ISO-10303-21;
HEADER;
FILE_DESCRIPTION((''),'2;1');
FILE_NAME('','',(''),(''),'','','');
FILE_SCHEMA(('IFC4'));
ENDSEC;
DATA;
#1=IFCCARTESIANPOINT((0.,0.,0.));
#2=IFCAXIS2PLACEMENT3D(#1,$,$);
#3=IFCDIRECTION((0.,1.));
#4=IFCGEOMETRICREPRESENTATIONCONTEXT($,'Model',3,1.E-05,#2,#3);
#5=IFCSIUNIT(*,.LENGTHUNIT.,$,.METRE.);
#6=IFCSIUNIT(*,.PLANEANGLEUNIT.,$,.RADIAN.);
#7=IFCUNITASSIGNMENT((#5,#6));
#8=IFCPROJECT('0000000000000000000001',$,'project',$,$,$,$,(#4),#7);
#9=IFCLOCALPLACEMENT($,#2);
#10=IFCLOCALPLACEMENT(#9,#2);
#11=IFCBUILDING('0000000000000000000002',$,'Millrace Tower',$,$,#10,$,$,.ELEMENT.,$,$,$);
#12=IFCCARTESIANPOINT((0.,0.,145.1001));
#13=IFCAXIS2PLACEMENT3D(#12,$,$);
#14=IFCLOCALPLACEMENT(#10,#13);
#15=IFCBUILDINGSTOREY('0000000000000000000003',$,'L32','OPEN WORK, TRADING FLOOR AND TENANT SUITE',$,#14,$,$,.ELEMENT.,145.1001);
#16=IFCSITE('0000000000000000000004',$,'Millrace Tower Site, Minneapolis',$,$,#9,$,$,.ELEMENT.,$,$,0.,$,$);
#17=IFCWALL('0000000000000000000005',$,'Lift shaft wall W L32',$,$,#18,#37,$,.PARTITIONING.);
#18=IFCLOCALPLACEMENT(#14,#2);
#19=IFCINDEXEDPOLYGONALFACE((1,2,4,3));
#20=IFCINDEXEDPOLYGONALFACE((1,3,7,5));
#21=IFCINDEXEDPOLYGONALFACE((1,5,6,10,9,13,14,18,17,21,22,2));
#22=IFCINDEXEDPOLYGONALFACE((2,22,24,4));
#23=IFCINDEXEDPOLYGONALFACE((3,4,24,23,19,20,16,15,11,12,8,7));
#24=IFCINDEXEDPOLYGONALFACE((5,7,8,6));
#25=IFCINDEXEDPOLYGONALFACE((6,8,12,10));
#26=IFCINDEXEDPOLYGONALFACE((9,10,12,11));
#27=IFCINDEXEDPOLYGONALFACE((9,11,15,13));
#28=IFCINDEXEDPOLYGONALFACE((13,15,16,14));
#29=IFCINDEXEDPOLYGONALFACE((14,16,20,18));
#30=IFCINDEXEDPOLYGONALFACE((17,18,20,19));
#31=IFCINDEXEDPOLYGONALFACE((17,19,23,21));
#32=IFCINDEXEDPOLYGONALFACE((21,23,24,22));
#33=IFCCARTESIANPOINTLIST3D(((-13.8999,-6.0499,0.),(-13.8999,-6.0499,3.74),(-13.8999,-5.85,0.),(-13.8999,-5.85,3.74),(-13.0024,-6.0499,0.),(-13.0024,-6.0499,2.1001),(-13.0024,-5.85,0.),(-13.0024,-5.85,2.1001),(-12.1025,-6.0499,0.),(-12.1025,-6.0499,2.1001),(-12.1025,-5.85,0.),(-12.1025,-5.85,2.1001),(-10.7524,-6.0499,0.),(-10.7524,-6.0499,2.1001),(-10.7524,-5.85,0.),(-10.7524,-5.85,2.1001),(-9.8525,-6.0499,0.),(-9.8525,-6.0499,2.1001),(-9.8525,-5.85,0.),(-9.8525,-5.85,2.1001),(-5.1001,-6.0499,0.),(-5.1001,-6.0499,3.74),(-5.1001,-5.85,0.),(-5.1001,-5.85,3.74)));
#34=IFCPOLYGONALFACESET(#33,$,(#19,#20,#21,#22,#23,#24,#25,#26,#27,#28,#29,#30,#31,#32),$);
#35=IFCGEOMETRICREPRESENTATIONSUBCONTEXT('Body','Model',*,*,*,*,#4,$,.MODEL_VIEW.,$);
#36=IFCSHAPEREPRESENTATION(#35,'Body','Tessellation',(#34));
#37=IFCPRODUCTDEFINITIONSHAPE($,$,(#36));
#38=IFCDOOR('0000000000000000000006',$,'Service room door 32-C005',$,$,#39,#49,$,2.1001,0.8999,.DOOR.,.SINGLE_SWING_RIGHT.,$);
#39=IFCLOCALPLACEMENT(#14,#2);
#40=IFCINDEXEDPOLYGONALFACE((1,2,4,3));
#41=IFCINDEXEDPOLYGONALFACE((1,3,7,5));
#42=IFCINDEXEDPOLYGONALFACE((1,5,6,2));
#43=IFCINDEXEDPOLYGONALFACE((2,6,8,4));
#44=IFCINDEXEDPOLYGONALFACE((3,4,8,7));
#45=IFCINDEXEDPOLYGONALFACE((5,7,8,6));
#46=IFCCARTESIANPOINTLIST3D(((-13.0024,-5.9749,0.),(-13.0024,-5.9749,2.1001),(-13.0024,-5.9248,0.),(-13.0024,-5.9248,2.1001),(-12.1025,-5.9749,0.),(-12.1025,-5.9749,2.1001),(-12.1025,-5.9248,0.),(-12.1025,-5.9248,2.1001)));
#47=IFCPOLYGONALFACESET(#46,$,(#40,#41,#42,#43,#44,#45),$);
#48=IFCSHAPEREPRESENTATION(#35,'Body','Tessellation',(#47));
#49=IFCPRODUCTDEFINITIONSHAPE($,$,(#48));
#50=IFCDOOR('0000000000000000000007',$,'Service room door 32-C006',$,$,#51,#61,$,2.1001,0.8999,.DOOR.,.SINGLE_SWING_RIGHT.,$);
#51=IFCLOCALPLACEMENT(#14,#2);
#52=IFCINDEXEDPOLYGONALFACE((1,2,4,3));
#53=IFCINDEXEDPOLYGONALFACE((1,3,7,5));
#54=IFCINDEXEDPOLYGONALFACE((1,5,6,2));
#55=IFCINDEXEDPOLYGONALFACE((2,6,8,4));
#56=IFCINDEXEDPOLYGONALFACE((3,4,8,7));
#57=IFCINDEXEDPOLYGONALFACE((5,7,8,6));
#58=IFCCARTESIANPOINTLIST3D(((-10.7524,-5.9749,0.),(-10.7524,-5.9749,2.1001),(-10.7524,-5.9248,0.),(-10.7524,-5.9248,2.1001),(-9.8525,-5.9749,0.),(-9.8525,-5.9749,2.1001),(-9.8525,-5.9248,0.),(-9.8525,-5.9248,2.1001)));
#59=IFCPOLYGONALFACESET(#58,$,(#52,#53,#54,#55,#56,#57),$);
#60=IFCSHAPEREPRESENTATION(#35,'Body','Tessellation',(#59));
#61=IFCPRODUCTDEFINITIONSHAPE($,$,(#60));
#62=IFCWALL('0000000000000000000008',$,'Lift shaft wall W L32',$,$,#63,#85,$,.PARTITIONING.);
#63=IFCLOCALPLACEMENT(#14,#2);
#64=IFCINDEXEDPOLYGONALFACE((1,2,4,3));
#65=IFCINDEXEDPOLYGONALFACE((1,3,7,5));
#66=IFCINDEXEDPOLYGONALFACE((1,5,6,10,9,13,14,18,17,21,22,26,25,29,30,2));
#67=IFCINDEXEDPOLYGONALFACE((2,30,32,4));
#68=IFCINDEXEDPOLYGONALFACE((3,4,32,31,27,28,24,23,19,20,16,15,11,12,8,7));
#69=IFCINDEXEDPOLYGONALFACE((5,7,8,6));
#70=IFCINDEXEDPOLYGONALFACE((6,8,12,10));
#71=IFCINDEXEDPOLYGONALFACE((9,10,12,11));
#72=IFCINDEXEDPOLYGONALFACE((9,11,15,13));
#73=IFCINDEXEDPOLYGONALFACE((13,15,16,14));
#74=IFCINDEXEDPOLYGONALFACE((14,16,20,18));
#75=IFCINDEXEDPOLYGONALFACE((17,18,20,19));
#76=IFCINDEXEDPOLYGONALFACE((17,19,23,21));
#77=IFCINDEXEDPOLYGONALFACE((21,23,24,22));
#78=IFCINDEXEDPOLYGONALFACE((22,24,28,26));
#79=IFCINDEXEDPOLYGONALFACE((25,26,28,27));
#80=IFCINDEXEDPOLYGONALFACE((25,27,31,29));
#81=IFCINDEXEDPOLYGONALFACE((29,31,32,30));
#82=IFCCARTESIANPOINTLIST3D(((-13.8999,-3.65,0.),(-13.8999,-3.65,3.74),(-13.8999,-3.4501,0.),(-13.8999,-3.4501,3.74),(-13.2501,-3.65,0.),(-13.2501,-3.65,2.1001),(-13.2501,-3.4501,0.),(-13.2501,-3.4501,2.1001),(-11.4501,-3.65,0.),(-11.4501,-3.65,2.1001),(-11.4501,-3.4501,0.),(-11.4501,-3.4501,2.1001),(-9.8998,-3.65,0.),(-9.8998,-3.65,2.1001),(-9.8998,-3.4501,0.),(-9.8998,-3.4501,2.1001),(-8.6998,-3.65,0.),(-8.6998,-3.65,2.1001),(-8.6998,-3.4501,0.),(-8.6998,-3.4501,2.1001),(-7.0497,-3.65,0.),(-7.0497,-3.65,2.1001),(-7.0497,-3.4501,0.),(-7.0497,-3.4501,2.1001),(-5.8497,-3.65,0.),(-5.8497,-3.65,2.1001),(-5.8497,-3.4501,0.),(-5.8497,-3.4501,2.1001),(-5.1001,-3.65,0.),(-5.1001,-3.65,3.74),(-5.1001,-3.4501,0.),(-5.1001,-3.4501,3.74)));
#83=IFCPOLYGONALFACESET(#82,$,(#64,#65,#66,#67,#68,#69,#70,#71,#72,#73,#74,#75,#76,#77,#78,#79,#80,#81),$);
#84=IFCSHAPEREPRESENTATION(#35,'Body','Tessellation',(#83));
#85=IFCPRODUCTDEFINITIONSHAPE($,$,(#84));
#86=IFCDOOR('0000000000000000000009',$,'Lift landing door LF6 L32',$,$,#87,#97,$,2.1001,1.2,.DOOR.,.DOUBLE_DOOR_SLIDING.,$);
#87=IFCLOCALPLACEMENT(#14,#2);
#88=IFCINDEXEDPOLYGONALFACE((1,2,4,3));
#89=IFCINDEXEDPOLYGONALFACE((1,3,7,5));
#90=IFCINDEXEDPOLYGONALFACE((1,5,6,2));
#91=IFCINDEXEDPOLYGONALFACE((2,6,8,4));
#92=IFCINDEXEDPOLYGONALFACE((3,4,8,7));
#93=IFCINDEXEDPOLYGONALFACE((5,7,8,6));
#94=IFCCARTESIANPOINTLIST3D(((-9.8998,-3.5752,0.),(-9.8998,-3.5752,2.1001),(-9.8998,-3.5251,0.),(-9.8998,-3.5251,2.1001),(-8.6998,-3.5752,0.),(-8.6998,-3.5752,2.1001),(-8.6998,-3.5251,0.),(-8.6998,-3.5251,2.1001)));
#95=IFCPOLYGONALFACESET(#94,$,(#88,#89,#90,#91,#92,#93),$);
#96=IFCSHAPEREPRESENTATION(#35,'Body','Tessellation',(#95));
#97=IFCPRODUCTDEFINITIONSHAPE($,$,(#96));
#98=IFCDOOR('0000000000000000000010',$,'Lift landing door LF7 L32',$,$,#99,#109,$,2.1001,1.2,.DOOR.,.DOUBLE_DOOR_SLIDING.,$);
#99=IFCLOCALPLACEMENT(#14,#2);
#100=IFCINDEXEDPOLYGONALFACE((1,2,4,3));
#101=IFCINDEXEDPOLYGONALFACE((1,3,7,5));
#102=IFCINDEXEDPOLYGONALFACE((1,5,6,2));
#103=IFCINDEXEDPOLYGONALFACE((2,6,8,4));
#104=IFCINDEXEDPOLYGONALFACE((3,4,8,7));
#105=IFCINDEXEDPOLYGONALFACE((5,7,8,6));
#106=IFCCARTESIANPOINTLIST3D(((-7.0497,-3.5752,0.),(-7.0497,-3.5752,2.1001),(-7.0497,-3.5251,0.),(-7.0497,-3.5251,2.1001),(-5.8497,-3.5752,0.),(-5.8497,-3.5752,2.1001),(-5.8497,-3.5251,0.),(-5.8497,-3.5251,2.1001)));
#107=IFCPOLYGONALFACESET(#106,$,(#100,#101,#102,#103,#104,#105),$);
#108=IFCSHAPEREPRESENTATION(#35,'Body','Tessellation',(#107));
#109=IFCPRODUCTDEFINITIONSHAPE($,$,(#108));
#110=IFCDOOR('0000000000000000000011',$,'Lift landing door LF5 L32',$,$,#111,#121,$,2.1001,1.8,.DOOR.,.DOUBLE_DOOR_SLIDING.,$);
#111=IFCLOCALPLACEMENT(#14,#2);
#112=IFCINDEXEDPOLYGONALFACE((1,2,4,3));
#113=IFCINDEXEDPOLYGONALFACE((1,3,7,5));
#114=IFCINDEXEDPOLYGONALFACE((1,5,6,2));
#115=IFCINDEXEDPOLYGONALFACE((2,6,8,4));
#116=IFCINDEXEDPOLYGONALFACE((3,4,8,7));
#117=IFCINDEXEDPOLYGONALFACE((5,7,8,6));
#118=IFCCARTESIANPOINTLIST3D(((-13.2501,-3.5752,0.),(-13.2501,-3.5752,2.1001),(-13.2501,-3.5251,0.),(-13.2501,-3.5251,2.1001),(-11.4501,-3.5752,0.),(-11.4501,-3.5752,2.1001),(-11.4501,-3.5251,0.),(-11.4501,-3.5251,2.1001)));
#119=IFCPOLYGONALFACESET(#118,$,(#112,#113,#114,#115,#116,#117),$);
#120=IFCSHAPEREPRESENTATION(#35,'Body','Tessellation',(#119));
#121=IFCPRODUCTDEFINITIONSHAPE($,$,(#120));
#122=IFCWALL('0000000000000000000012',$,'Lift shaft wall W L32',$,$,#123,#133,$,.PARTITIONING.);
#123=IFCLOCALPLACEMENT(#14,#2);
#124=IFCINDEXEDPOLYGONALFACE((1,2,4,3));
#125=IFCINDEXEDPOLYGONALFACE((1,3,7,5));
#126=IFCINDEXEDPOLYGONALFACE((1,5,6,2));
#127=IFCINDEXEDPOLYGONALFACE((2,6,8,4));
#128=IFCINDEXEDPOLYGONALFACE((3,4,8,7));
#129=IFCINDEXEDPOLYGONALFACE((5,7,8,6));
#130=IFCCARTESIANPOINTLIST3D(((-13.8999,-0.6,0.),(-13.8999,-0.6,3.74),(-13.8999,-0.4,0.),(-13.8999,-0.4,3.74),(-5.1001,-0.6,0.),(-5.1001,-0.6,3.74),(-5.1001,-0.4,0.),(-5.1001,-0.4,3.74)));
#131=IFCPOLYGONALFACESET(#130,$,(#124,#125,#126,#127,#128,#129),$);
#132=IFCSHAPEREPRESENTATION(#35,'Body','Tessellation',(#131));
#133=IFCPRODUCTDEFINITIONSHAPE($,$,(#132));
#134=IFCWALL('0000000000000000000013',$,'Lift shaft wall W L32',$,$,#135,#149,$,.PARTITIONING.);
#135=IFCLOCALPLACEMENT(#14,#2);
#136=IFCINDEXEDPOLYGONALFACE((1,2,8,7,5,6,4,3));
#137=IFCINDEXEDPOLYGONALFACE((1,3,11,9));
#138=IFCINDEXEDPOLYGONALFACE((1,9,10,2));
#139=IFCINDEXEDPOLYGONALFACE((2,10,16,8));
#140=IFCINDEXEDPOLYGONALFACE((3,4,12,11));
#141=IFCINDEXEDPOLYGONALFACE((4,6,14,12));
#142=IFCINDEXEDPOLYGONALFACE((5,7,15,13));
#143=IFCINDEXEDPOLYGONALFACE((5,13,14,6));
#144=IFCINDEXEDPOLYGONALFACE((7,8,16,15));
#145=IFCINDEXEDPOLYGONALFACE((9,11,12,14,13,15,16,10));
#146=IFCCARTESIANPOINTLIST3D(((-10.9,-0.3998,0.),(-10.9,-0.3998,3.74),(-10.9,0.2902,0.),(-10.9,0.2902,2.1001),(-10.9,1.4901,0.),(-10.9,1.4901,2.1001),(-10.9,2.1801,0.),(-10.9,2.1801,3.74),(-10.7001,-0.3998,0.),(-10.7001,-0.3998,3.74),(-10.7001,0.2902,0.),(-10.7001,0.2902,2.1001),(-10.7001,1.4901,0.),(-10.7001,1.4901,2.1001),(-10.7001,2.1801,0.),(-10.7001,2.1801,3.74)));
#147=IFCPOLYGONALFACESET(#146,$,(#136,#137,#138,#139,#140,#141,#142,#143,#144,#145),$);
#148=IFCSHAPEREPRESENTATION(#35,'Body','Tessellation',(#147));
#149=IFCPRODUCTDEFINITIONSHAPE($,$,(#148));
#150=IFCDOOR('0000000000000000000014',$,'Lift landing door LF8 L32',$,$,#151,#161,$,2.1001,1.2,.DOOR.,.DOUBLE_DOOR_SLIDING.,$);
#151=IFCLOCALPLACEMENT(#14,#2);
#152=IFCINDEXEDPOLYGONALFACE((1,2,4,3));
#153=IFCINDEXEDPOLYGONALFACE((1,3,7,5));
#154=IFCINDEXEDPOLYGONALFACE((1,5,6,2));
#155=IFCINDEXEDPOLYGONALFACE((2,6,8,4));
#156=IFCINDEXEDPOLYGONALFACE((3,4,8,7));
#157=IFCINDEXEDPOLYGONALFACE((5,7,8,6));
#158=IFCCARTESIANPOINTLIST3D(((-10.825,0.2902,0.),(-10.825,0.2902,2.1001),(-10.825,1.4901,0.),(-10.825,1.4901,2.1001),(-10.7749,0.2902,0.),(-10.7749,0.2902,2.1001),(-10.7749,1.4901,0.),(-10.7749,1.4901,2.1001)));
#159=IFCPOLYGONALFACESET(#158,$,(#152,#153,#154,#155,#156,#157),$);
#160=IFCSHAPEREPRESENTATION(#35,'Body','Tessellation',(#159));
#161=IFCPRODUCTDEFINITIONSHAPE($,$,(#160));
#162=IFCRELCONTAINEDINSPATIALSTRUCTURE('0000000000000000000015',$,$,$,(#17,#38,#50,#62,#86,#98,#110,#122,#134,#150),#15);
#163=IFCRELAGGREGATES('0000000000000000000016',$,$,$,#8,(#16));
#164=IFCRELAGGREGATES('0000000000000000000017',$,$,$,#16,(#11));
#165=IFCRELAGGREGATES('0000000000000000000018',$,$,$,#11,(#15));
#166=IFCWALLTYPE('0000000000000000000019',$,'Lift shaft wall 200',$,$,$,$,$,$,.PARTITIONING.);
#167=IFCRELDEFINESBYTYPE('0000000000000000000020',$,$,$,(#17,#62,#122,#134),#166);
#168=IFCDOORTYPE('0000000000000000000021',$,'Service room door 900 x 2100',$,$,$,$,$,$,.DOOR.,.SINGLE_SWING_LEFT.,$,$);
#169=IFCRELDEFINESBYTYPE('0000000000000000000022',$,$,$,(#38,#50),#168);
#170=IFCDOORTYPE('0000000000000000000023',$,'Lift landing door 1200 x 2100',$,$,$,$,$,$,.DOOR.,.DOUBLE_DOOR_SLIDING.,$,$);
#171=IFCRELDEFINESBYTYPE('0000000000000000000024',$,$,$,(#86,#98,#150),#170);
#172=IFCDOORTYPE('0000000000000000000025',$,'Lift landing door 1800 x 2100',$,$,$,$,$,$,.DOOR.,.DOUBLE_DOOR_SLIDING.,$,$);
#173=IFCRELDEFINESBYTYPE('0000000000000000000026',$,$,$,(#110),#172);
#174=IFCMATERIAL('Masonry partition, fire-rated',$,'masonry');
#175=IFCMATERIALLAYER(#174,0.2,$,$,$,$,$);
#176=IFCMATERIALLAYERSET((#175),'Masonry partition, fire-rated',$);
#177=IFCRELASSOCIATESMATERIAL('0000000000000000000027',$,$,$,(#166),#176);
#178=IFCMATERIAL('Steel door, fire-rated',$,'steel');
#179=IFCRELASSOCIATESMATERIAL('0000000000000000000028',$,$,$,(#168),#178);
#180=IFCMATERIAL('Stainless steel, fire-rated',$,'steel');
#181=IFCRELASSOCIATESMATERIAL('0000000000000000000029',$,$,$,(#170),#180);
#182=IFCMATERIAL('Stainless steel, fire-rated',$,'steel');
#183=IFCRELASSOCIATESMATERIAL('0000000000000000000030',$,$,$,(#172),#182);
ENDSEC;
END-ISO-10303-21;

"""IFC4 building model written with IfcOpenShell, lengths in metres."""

from ifc_helpers import new_model, si_unit, direction, frame, frame_2d, origin, place, context, subcontext, project, spatial, rectangle, extrude, material, layer, layer_set, type_object, element, fill, save


model = new_model("IFC4")

# Units and contexts
model_context = context("Model", 3, precision=1e-05, world=origin(), true_north=direction((0.0, 1.0)))
body_context = subcontext(model_context, "Body", "Model", "MODEL_VIEW")
ifc_project = project(units=[si_unit("LENGTHUNIT", "METRE"), si_unit("PLANEANGLEUNIT", "RADIAN")], contexts=[model_context])

# Site, building, storey
site_placement = place(None, origin())
site = spatial("IfcSite", under=ifc_project, at=site_placement, Name="Millrace Tower Site, Minneapolis", CompositionType="ELEMENT", RefElevation=0.0)
building_placement = place(site_placement, origin())
building = spatial("IfcBuilding", under=site, at=building_placement, Name="Millrace Tower", CompositionType="ELEMENT")
storey_placement = place(building_placement, frame((0.0, 0.0, 145.1001)))
storey = spatial("IfcBuildingStorey", under=building, at=storey_placement, Name="L32", Description="OPEN WORK, TRADING FLOOR AND TENANT SUITE", CompositionType="ELEMENT", Elevation=145.1001)

# Walls, openings, doors
ifc_material_1 = material(Name="Masonry partition, fire-rated", Category="masonry")
ifc_layer_1 = layer(ifc_material_1, 0.2)
ifc_layer_set_1 = layer_set([ifc_layer_1], Name="Masonry partition, fire-rated")
wall_type_1 = type_object("IfcWallType", Name="Lift shaft wall 200", PredefinedType="PARTITIONING", material=ifc_layer_set_1)
wall_1_placement = place(storey_placement, frame((-13.8999, -5.95, 0.0), z_axis=(0.0, 0.0, 1.0), x_axis=(1.0, 0.0, 0.0)))
wall_1 = element("IfcWall", 1, at=wall_1_placement, inside=storey, type_object=wall_type_1, Name="Lift shaft wall W L32", PredefinedType="PARTITIONING", context=body_context, shape_type="SweptSolid", body=[
    extrude(rectangle(XDim=8.7998, YDim=0.2, at=frame_2d((4.3999, 0.0))), origin(), (0.0, 0.0, 1.0), 3.74),
])
opening_1_placement = place(wall_1_placement, frame((0.8975, 0.0, 0.0)))
opening_1 = element("IfcOpeningElement", 2, at=opening_1_placement, cuts=wall_1, PredefinedType="OPENING", context=body_context, shape_type="SweptSolid", body=[
    extrude(rectangle(XDim=0.8999, YDim=2.1001, at=frame_2d((0.45, 1.05))), frame((0.0, 0.1099, 0.0), z_axis=(0.0, -1.0, 0.0), x_axis=(1.0, 0.0, 0.0)), (0.0, 0.0, 1.0), 0.22),
])
opening_2_placement = place(wall_1_placement, frame((3.1475, 0.0, 0.0)))
opening_2 = element("IfcOpeningElement", 3, at=opening_2_placement, cuts=wall_1, PredefinedType="OPENING", context=body_context, shape_type="SweptSolid", body=[
    extrude(rectangle(XDim=0.8999, YDim=2.1001, at=frame_2d((0.45, 1.05))), frame((0.0, 0.1099, 0.0), z_axis=(0.0, -1.0, 0.0), x_axis=(1.0, 0.0, 0.0)), (0.0, 0.0, 1.0), 0.22),
])
ifc_material_2 = material(Name="Steel door, fire-rated", Category="steel")
door_type_1 = type_object("IfcDoorType", Name="Service room door 900 x 2100", OperationType="SINGLE_SWING_LEFT", PredefinedType="DOOR", material=ifc_material_2)
door_1_placement = place(opening_1_placement, frame((0.8999, 0.0, 0.0), z_axis=(0.0, 0.0, 1.0), x_axis=(-1.0, 0.0, 0.0)))
door_1 = element("IfcDoor", 4, at=door_1_placement, inside=storey, type_object=door_type_1, Name="Service room door 32-C005", OperationType="SINGLE_SWING_RIGHT", OverallHeight=2.1001, OverallWidth=0.8999, PredefinedType="DOOR", context=body_context, shape_type="SweptSolid", body=[
    extrude(rectangle(XDim=0.8999, YDim=2.1001, at=frame_2d((0.45, 1.05))), frame((0.0, 0.0249, 0.0), z_axis=(0.0, -1.0, 0.0), x_axis=(1.0, 0.0, 0.0)), (0.0, 0.0, 1.0), 0.05),
])
fill(opening_1, door_1)
door_2_placement = place(opening_2_placement, frame((0.8999, 0.0, 0.0), z_axis=(0.0, 0.0, 1.0), x_axis=(-1.0, 0.0, 0.0)))
door_2 = element("IfcDoor", 5, at=door_2_placement, inside=storey, type_object=door_type_1, Name="Service room door 32-C006", OperationType="SINGLE_SWING_RIGHT", OverallHeight=2.1001, OverallWidth=0.8999, PredefinedType="DOOR", context=body_context, shape_type="SweptSolid", body=[
    extrude(rectangle(XDim=0.8999, YDim=2.1001, at=frame_2d((0.45, 1.05))), frame((0.0, 0.0249, 0.0), z_axis=(0.0, -1.0, 0.0), x_axis=(1.0, 0.0, 0.0)), (0.0, 0.0, 1.0), 0.05),
])
fill(opening_2, door_2)
wall_2_placement = place(storey_placement, frame((-13.8999, -3.55, 0.0), z_axis=(0.0, 0.0, 1.0), x_axis=(1.0, 0.0, 0.0)))
wall_2 = element("IfcWall", 6, at=wall_2_placement, inside=storey, type_object=wall_type_1, Name="Lift shaft wall W L32", PredefinedType="PARTITIONING", context=body_context, shape_type="SweptSolid", body=[
    extrude(rectangle(XDim=8.7998, YDim=0.2, at=frame_2d((4.3999, 0.0))), origin(), (0.0, 0.0, 1.0), 3.74),
])
opening_3_placement = place(wall_2_placement, frame((0.6499, 0.0, 0.0)))
opening_3 = element("IfcOpeningElement", 7, at=opening_3_placement, cuts=wall_2, PredefinedType="OPENING", context=body_context, shape_type="SweptSolid", body=[
    extrude(rectangle(XDim=1.8, YDim=2.1001, at=frame_2d((0.8999, 1.05))), frame((0.0, 0.1099, 0.0), z_axis=(0.0, -1.0, 0.0), x_axis=(1.0, 0.0, 0.0)), (0.0, 0.0, 1.0), 0.22),
])
opening_4_placement = place(wall_2_placement, frame((4.0, 0.0, 0.0)))
opening_4 = element("IfcOpeningElement", 8, at=opening_4_placement, cuts=wall_2, PredefinedType="OPENING", context=body_context, shape_type="SweptSolid", body=[
    extrude(rectangle(XDim=1.2, YDim=2.1001, at=frame_2d((0.6001, 1.05))), frame((0.0, 0.1099, 0.0), z_axis=(0.0, -1.0, 0.0), x_axis=(1.0, 0.0, 0.0)), (0.0, 0.0, 1.0), 0.22),
])
opening_5_placement = place(wall_2_placement, frame((6.8501, 0.0, 0.0)))
opening_5 = element("IfcOpeningElement", 9, at=opening_5_placement, cuts=wall_2, PredefinedType="OPENING", context=body_context, shape_type="SweptSolid", body=[
    extrude(rectangle(XDim=1.2, YDim=2.1001, at=frame_2d((0.6001, 1.05))), frame((0.0, 0.1099, 0.0), z_axis=(0.0, -1.0, 0.0), x_axis=(1.0, 0.0, 0.0)), (0.0, 0.0, 1.0), 0.22),
])
ifc_material_3 = material(Name="Stainless steel, fire-rated", Category="steel")
door_type_2 = type_object("IfcDoorType", Name="Lift landing door 1200 x 2100", OperationType="DOUBLE_DOOR_SLIDING", PredefinedType="DOOR", material=ifc_material_3)
door_3_placement = place(opening_4_placement, origin())
door_3 = element("IfcDoor", 10, at=door_3_placement, inside=storey, type_object=door_type_2, Name="Lift landing door LF6 L32", OperationType="DOUBLE_DOOR_SLIDING", OverallHeight=2.1001, OverallWidth=1.2, PredefinedType="DOOR", context=body_context, shape_type="SweptSolid", body=[
    extrude(rectangle(XDim=1.2, YDim=2.1001, at=frame_2d((0.6001, 1.05))), frame((0.0, 0.0249, 0.0), z_axis=(0.0, -1.0, 0.0), x_axis=(1.0, 0.0, 0.0)), (0.0, 0.0, 1.0), 0.05),
])
fill(opening_4, door_3)
door_4_placement = place(opening_5_placement, origin())
door_4 = element("IfcDoor", 11, at=door_4_placement, inside=storey, type_object=door_type_2, Name="Lift landing door LF7 L32", OperationType="DOUBLE_DOOR_SLIDING", OverallHeight=2.1001, OverallWidth=1.2, PredefinedType="DOOR", context=body_context, shape_type="SweptSolid", body=[
    extrude(rectangle(XDim=1.2, YDim=2.1001, at=frame_2d((0.6001, 1.05))), frame((0.0, 0.0249, 0.0), z_axis=(0.0, -1.0, 0.0), x_axis=(1.0, 0.0, 0.0)), (0.0, 0.0, 1.0), 0.05),
])
fill(opening_5, door_4)
ifc_material_4 = material(Name="Stainless steel, fire-rated", Category="steel")
door_type_3 = type_object("IfcDoorType", Name="Lift landing door 1800 x 2100", OperationType="DOUBLE_DOOR_SLIDING", PredefinedType="DOOR", material=ifc_material_4)
door_5_placement = place(opening_3_placement, origin())
door_5 = element("IfcDoor", 12, at=door_5_placement, inside=storey, type_object=door_type_3, Name="Lift landing door LF5 L32", OperationType="DOUBLE_DOOR_SLIDING", OverallHeight=2.1001, OverallWidth=1.8, PredefinedType="DOOR", context=body_context, shape_type="SweptSolid", body=[
    extrude(rectangle(XDim=1.8, YDim=2.1001, at=frame_2d((0.8999, 1.05))), frame((0.0, 0.0249, 0.0), z_axis=(0.0, -1.0, 0.0), x_axis=(1.0, 0.0, 0.0)), (0.0, 0.0, 1.0), 0.05),
])
fill(opening_3, door_5)

# Wall
wall_3_placement = place(storey_placement, frame((-13.8999, -0.5, 0.0), z_axis=(0.0, 0.0, 1.0), x_axis=(1.0, 0.0, 0.0)))
element("IfcWall", 13, at=wall_3_placement, inside=storey, type_object=wall_type_1, Name="Lift shaft wall W L32", PredefinedType="PARTITIONING", context=body_context, shape_type="SweptSolid", body=[
    extrude(rectangle(XDim=8.7998, YDim=0.2, at=frame_2d((4.3999, 0.0))), origin(), (0.0, 0.0, 1.0), 3.74),
])

# Wall, opening, door
wall_4_placement = place(storey_placement, frame((-10.8, -0.3999, 0.0), z_axis=(0.0, 0.0, 1.0), x_axis=(0.0, 1.0, 0.0)))
wall_4 = element("IfcWall", 14, at=wall_4_placement, inside=storey, type_object=wall_type_1, Name="Lift shaft wall W L32", PredefinedType="PARTITIONING", context=body_context, shape_type="SweptSolid", body=[
    extrude(rectangle(XDim=2.5798, YDim=0.2, at=frame_2d((1.29, 0.0))), origin(), (0.0, 0.0, 1.0), 3.74),
])
opening_6_placement = place(wall_4_placement, frame((0.6899, 0.0, 0.0)))
opening_6 = element("IfcOpeningElement", 15, at=opening_6_placement, cuts=wall_4, PredefinedType="OPENING", context=body_context, shape_type="SweptSolid", body=[
    extrude(rectangle(XDim=1.2, YDim=2.1001, at=frame_2d((0.6001, 1.05))), frame((0.0, 0.1099, 0.0), z_axis=(0.0, -1.0, 0.0), x_axis=(1.0, 0.0, 0.0)), (0.0, 0.0, 1.0), 0.22),
])
door_6_placement = place(opening_6_placement, origin())
door_6 = element("IfcDoor", 16, at=door_6_placement, inside=storey, type_object=door_type_2, Name="Lift landing door LF8 L32", OperationType="DOUBLE_DOOR_SLIDING", OverallHeight=2.1001, OverallWidth=1.2, PredefinedType="DOOR", context=body_context, shape_type="SweptSolid", body=[
    extrude(rectangle(XDim=1.2, YDim=2.1001, at=frame_2d((0.6001, 1.05))), frame((0.0, 0.0249, 0.0), z_axis=(0.0, -1.0, 0.0), x_axis=(1.0, 0.0, 0.0)), (0.0, 0.0, 1.0), 0.05),
])
fill(opening_6, door_6)

save(model, "model.ifc")
